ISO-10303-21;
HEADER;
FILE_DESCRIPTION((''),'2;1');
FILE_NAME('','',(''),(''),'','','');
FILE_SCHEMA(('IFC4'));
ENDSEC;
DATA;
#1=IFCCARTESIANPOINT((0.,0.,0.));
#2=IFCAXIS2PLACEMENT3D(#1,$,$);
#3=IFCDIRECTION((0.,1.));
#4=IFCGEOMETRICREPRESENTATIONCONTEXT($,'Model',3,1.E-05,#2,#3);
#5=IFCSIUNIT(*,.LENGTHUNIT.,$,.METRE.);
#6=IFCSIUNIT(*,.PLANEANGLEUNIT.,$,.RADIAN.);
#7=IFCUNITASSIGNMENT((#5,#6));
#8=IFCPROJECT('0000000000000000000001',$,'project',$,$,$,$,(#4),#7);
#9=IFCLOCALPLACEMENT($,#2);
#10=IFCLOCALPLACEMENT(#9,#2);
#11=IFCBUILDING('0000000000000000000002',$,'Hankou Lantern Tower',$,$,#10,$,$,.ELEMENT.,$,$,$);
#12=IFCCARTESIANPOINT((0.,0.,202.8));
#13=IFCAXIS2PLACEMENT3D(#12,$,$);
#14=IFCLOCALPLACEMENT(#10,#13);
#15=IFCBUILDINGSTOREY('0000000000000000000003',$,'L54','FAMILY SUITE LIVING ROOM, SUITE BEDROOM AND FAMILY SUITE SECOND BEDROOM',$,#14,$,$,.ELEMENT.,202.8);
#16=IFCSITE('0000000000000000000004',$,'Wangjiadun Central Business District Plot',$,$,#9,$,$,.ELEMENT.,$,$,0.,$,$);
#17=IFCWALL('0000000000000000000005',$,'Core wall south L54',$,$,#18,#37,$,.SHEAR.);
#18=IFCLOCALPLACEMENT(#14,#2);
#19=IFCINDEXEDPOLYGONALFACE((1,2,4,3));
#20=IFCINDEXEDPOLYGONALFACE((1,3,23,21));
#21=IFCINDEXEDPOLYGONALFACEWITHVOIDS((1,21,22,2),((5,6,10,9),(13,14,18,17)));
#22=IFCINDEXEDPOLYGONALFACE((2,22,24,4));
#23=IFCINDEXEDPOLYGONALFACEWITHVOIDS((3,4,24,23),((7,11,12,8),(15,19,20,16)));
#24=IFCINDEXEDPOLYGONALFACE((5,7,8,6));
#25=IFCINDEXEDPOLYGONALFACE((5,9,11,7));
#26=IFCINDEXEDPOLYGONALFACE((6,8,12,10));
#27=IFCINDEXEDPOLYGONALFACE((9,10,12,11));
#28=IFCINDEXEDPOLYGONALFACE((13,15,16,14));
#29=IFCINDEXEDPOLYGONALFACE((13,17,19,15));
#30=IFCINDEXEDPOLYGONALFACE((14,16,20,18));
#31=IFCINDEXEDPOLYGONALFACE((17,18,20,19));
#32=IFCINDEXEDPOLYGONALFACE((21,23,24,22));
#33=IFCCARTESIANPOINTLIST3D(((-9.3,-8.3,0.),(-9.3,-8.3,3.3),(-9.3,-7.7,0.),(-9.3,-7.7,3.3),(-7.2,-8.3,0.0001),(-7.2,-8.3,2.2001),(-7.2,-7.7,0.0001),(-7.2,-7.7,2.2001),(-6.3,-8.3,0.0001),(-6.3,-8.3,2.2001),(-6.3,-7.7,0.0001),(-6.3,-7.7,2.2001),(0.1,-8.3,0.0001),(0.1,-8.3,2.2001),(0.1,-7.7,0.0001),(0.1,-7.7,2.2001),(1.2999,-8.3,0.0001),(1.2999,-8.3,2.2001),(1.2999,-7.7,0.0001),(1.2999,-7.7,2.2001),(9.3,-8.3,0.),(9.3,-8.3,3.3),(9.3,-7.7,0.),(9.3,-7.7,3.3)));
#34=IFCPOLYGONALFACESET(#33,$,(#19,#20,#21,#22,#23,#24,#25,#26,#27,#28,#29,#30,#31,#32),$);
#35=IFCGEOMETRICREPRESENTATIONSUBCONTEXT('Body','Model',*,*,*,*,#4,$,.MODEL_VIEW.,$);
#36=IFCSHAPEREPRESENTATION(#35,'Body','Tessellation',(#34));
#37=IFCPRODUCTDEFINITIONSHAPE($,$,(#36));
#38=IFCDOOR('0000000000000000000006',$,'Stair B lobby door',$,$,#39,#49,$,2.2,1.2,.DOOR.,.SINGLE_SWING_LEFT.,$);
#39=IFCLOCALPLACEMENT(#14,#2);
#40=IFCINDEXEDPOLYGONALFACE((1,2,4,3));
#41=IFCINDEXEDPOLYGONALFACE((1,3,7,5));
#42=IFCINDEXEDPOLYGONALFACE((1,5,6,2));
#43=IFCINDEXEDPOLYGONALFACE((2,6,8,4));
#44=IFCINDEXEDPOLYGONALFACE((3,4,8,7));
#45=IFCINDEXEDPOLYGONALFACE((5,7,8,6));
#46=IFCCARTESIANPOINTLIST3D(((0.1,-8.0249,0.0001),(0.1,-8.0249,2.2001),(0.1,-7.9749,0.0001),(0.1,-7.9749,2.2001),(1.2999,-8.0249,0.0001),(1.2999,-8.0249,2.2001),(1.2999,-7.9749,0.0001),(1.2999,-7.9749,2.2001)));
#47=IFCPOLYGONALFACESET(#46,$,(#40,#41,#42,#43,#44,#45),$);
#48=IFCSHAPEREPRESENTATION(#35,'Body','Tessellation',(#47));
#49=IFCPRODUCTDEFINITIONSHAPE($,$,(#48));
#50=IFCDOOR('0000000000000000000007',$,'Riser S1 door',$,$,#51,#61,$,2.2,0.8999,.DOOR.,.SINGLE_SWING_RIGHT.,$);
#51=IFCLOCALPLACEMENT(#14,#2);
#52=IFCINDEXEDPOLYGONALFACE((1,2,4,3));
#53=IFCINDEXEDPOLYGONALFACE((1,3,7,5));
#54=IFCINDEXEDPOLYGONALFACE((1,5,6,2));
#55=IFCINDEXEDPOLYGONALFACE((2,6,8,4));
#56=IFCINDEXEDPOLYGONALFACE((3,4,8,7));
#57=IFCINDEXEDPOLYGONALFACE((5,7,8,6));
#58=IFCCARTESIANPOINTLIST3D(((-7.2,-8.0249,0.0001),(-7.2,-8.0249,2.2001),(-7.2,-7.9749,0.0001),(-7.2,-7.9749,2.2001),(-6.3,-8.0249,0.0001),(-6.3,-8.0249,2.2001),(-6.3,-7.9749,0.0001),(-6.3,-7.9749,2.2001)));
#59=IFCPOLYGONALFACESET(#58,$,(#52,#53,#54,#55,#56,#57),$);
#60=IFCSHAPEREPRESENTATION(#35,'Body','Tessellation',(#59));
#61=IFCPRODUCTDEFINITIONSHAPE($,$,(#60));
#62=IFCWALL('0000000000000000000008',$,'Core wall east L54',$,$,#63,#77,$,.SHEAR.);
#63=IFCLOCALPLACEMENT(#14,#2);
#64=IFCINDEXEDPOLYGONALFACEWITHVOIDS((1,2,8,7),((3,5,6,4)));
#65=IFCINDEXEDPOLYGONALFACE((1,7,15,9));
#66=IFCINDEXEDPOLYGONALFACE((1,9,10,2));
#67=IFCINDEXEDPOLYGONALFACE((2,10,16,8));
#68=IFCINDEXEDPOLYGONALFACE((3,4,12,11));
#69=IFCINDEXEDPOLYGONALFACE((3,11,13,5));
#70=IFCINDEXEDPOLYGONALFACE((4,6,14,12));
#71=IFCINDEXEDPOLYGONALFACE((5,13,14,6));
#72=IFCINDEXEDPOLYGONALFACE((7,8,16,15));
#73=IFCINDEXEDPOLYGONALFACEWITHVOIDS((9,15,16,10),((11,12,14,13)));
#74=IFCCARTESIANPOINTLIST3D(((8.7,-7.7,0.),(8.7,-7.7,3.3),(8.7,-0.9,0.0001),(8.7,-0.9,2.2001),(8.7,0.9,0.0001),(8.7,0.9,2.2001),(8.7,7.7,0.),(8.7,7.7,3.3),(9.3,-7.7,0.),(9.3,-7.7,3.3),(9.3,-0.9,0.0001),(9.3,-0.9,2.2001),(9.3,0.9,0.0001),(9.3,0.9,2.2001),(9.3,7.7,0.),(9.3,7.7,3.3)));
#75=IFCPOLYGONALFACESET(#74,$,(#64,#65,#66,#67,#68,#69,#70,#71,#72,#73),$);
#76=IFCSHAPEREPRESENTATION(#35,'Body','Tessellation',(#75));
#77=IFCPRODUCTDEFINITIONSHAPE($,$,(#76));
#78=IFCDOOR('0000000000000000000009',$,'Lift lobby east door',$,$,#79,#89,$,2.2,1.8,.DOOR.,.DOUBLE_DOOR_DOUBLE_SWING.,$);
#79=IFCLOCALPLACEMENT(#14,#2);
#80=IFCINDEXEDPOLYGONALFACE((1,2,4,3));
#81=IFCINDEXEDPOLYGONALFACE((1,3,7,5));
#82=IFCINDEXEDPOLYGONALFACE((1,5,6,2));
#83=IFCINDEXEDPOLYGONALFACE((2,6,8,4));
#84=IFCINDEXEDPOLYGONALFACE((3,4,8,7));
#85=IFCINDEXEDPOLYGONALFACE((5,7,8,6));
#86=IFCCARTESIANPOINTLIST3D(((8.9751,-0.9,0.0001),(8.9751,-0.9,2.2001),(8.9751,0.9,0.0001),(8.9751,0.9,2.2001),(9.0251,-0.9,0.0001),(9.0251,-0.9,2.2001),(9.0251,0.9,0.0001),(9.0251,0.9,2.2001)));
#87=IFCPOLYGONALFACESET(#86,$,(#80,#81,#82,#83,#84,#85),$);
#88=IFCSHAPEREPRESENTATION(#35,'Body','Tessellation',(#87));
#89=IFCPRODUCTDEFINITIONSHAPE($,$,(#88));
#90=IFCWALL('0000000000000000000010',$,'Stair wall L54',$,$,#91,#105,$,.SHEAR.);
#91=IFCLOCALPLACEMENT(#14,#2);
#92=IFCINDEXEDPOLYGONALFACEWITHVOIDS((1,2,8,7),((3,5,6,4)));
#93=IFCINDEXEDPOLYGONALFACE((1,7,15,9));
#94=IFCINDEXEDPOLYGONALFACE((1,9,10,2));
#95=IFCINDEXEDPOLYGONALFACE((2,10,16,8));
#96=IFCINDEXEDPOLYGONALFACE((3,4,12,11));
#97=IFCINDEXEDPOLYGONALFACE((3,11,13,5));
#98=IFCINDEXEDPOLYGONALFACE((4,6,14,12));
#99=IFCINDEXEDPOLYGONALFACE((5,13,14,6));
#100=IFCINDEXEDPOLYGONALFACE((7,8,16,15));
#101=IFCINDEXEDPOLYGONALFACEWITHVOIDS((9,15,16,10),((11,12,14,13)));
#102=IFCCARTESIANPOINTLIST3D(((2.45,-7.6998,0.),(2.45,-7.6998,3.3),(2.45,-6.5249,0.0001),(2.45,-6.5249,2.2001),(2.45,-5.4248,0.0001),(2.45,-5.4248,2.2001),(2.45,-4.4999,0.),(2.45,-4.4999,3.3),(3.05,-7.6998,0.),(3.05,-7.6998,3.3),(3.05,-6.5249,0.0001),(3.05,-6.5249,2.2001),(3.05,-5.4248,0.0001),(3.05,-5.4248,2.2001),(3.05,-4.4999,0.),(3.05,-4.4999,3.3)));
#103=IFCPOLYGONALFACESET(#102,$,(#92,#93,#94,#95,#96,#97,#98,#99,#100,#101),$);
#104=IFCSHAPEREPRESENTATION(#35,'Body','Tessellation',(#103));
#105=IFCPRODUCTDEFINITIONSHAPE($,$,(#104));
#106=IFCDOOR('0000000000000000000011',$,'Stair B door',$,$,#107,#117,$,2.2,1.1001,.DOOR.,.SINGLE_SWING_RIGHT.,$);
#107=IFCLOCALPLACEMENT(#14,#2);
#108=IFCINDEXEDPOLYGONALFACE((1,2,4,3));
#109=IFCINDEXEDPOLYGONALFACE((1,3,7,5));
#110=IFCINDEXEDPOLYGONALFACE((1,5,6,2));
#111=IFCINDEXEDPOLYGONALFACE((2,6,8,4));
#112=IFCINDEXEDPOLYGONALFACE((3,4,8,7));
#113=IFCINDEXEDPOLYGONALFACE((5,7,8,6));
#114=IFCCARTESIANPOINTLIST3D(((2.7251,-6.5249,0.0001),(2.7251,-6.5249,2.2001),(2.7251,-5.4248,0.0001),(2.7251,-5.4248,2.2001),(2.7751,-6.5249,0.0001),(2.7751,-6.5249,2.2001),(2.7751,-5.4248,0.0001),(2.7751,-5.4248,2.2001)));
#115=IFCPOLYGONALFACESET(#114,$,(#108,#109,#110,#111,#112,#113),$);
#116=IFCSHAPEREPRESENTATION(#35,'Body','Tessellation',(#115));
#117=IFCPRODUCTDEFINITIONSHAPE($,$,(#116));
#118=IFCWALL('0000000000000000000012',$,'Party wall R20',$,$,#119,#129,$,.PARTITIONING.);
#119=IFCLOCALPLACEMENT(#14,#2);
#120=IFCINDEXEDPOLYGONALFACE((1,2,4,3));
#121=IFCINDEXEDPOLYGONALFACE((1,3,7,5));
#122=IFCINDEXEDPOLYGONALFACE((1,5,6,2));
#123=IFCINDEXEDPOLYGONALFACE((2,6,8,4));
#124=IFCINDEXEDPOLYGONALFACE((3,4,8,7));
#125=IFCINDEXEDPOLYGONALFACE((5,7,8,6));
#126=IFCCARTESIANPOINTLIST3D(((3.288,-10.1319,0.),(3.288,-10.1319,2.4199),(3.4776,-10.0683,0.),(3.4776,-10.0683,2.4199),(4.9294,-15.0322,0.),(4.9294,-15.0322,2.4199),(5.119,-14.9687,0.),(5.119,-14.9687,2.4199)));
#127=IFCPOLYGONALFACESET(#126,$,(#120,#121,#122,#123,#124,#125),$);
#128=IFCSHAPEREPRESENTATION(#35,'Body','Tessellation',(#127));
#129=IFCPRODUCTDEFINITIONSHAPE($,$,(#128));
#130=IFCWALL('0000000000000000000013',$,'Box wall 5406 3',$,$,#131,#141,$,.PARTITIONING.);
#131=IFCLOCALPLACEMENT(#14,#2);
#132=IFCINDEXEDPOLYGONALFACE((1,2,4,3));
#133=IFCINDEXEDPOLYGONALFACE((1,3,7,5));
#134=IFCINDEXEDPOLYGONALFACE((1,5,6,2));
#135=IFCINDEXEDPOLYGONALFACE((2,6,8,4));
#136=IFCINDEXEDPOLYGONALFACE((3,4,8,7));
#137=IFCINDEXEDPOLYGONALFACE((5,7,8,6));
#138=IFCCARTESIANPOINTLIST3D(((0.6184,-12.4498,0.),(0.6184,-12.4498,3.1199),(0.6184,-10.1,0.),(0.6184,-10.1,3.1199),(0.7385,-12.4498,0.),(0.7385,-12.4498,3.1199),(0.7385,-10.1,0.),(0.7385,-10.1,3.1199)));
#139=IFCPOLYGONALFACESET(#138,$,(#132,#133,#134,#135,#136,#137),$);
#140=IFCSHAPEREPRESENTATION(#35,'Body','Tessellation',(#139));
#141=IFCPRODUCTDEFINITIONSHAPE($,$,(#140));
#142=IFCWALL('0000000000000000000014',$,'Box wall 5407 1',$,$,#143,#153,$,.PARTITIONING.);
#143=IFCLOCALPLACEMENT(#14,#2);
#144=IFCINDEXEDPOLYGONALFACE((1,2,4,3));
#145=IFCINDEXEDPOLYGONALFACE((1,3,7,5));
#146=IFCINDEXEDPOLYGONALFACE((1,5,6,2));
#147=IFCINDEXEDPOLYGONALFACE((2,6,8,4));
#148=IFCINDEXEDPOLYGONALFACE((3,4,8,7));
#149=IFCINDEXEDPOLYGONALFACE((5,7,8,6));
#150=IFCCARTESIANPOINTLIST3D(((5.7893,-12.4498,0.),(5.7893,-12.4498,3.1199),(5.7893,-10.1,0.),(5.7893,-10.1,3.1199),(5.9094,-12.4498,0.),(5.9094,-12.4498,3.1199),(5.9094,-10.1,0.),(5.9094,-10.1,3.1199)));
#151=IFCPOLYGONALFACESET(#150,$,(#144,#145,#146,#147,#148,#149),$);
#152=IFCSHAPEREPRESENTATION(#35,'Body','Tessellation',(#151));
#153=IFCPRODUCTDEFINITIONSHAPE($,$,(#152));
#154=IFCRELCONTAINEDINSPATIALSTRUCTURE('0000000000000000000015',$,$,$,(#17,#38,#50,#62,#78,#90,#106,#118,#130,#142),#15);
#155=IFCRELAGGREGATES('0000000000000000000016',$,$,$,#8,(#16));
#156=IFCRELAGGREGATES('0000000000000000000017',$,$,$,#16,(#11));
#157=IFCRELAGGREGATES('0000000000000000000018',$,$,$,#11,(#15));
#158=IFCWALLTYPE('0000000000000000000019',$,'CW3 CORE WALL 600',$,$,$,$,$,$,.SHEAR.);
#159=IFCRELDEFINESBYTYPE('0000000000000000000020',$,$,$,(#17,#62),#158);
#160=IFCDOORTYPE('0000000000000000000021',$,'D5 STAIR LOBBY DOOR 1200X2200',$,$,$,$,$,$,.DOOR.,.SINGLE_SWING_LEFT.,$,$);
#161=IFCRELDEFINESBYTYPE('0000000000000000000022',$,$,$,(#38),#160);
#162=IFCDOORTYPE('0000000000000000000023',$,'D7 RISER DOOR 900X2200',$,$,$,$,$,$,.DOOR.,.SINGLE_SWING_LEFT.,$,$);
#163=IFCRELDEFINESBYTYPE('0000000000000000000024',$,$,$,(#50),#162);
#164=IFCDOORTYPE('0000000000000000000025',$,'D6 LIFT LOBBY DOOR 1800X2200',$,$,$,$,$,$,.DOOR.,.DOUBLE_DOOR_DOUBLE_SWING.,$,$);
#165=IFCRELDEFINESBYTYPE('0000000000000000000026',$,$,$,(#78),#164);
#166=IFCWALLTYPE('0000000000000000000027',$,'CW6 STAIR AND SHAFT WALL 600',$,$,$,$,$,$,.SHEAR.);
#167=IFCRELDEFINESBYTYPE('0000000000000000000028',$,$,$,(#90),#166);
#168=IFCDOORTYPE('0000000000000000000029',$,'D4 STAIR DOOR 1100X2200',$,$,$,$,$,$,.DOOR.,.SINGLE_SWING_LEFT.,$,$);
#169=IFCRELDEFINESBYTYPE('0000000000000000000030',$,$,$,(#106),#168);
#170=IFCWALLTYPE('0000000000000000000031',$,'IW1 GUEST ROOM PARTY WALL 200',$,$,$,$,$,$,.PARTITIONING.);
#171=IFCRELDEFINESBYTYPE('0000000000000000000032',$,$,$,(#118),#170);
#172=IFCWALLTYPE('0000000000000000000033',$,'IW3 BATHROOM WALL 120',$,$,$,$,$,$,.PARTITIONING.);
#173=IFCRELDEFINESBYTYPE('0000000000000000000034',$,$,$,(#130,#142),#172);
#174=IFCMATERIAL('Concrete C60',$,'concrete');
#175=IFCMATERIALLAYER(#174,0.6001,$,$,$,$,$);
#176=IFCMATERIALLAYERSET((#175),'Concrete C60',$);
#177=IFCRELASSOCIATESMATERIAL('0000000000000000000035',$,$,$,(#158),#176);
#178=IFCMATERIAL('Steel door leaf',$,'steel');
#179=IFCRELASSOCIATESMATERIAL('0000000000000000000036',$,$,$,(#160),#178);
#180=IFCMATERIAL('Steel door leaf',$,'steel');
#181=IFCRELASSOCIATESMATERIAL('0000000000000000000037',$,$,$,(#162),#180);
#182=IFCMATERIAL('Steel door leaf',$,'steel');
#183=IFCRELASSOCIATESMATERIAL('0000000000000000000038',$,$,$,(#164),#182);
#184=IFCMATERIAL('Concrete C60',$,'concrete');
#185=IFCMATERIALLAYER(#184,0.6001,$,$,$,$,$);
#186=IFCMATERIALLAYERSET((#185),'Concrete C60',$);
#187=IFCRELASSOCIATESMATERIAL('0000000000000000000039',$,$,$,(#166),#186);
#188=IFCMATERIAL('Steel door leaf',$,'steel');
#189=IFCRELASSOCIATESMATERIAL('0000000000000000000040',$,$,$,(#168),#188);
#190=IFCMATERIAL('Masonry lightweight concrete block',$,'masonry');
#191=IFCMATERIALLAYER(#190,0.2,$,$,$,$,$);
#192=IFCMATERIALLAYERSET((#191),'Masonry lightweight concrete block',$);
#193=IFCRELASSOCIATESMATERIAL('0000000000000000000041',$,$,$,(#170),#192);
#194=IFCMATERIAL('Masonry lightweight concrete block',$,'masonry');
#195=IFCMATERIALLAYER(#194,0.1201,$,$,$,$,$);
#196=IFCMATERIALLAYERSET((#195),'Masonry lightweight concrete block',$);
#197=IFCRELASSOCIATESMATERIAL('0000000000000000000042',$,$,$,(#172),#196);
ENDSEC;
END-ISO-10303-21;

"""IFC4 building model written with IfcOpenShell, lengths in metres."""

from ifc_helpers import new_model, si_unit, direction, frame, frame_2d, origin, place, context, subcontext, project, spatial, rectangle, extrude, material, layer, layer_set, type_object, element, fill, save


model = new_model("IFC4")

# Units and contexts
model_context = context("Model", 3, precision=1e-05, world=origin(), true_north=direction((0.0, 1.0)))
body_context = subcontext(model_context, "Body", "Model", "MODEL_VIEW")
ifc_project = project(units=[si_unit("LENGTHUNIT", "METRE"), si_unit("PLANEANGLEUNIT", "RADIAN")], contexts=[model_context])

# Site, building, storey
site_placement = place(None, origin())
site = spatial("IfcSite", under=ifc_project, at=site_placement, Name="Wangjiadun Central Business District Plot", CompositionType="ELEMENT", RefElevation=0.0)
building_placement = place(site_placement, origin())
building = spatial("IfcBuilding", under=site, at=building_placement, Name="Hankou Lantern Tower", CompositionType="ELEMENT")
storey_placement = place(building_placement, frame((0.0, 0.0, 202.8)))
storey = spatial("IfcBuildingStorey", under=building, at=storey_placement, Name="L54", Description="FAMILY SUITE LIVING ROOM, SUITE BEDROOM AND FAMILY SUITE SECOND BEDROOM", CompositionType="ELEMENT", Elevation=202.8)

# Wall, openings, doors
ifc_material_1 = material(Name="Concrete C60", Category="concrete")
ifc_layer_1 = layer(ifc_material_1, 0.6001)
ifc_layer_set_1 = layer_set([ifc_layer_1], Name="Concrete C60")
wall_type_1 = type_object("IfcWallType", Name="CW3 CORE WALL 600", PredefinedType="SHEAR", material=ifc_layer_set_1)
wall_1_placement = place(storey_placement, frame((9.3, -8.0, 0.0), z_axis=(0.0, 0.0, 1.0), x_axis=(-1.0, 0.0, 0.0)))
wall_1 = element("IfcWall", 1, at=wall_1_placement, inside=storey, type_object=wall_type_1, Name="Core wall south L54", PredefinedType="SHEAR", context=body_context, shape_type="SweptSolid", body=[
    extrude(rectangle(XDim=18.6001, YDim=0.6001, at=frame_2d((9.3, 0.0))), origin(), (0.0, 0.0, 1.0), 3.3),
])
opening_1_placement = place(wall_1_placement, frame((8.0, 0.0, 0.0)))
opening_1 = element("IfcOpeningElement", 2, at=opening_1_placement, cuts=wall_1, PredefinedType="OPENING", context=body_context, shape_type="SweptSolid", body=[
    extrude(rectangle(XDim=1.2, YDim=2.2, at=frame_2d((0.6001, 1.1001))), frame((0.0, 0.3101, 0.0), z_axis=(0.0, -1.0, 0.0), x_axis=(1.0, 0.0, 0.0)), (0.0, 0.0, 1.0), 0.6201),
])
opening_2_placement = place(wall_1_placement, frame((15.6001, 0.0, 0.0)))
opening_2 = element("IfcOpeningElement", 3, at=opening_2_placement, cuts=wall_1, PredefinedType="OPENING", context=body_context, shape_type="SweptSolid", body=[
    extrude(rectangle(XDim=0.8999, YDim=2.2, at=frame_2d((0.45, 1.1001))), frame((0.0, 0.3101, 0.0), z_axis=(0.0, -1.0, 0.0), x_axis=(1.0, 0.0, 0.0)), (0.0, 0.0, 1.0), 0.6201),
])
ifc_material_2 = material(Name="Steel door leaf", Category="steel")
door_type_1 = type_object("IfcDoorType", Name="D5 STAIR LOBBY DOOR 1200X2200", OperationType="SINGLE_SWING_LEFT", PredefinedType="DOOR", material=ifc_material_2)
door_1_placement = place(opening_1_placement, origin())
door_1 = element("IfcDoor", 4, at=door_1_placement, inside=storey, type_object=door_type_1, Name="Stair B lobby door", OperationType="SINGLE_SWING_LEFT", OverallHeight=2.2, OverallWidth=1.2, PredefinedType="DOOR", context=body_context, shape_type="SweptSolid", body=[
    extrude(rectangle(XDim=1.2, YDim=2.2, at=frame_2d((0.6001, 1.1001))), frame((0.0, 0.0249, 0.0), z_axis=(0.0, -1.0, 0.0), x_axis=(1.0, 0.0, 0.0)), (0.0, 0.0, 1.0), 0.05),
])
fill(opening_1, door_1)
ifc_material_3 = material(Name="Steel door leaf", Category="steel")
door_type_2 = type_object("IfcDoorType", Name="D7 RISER DOOR 900X2200", OperationType="SINGLE_SWING_LEFT", PredefinedType="DOOR", material=ifc_material_3)
door_2_placement = place(opening_2_placement, origin())
door_2 = element("IfcDoor", 5, at=door_2_placement, inside=storey, type_object=door_type_2, Name="Riser S1 door", OperationType="SINGLE_SWING_RIGHT", OverallHeight=2.2, OverallWidth=0.8999, PredefinedType="DOOR", context=body_context, shape_type="SweptSolid", body=[
    extrude(rectangle(XDim=0.8999, YDim=2.2, at=frame_2d((0.45, 1.1001))), frame((0.0, 0.0249, 0.0), z_axis=(0.0, -1.0, 0.0), x_axis=(1.0, 0.0, 0.0)), (0.0, 0.0, 1.0), 0.05),
])
fill(opening_2, door_2)

# Walls, openings, doors
wall_2_placement = place(storey_placement, frame((9.0, -7.7, 0.0), z_axis=(0.0, 0.0, 1.0), x_axis=(0.0, 1.0, 0.0)))
wall_2 = element("IfcWall", 6, at=wall_2_placement, inside=storey, type_object=wall_type_1, Name="Core wall east L54", PredefinedType="SHEAR", context=body_context, shape_type="SweptSolid", body=[
    extrude(rectangle(XDim=15.3999, YDim=0.6001, at=frame_2d((7.7, 0.0))), origin(), (0.0, 0.0, 1.0), 3.3),
])
opening_3_placement = place(wall_2_placement, frame((6.8, 0.0, 0.0)))
opening_3 = element("IfcOpeningElement", 7, at=opening_3_placement, cuts=wall_2, PredefinedType="OPENING", context=body_context, shape_type="SweptSolid", body=[
    extrude(rectangle(XDim=1.8, YDim=2.2, at=frame_2d((0.8999, 1.1001))), frame((0.0, 0.3101, 0.0), z_axis=(0.0, -1.0, 0.0), x_axis=(1.0, 0.0, 0.0)), (0.0, 0.0, 1.0), 0.6201),
])
ifc_material_4 = material(Name="Steel door leaf", Category="steel")
door_type_3 = type_object("IfcDoorType", Name="D6 LIFT LOBBY DOOR 1800X2200", OperationType="DOUBLE_DOOR_DOUBLE_SWING", PredefinedType="DOOR", material=ifc_material_4)
door_3_placement = place(opening_3_placement, origin())
door_3 = element("IfcDoor", 8, at=door_3_placement, inside=storey, type_object=door_type_3, Name="Lift lobby east door", OperationType="DOUBLE_DOOR_DOUBLE_SWING", OverallHeight=2.2, OverallWidth=1.8, PredefinedType="DOOR", context=body_context, shape_type="SweptSolid", body=[
    extrude(rectangle(XDim=1.8, YDim=2.2, at=frame_2d((0.8999, 1.1001))), frame((0.0, 0.0249, 0.0), z_axis=(0.0, -1.0, 0.0), x_axis=(1.0, 0.0, 0.0)), (0.0, 0.0, 1.0), 0.05),
])
fill(opening_3, door_3)
ifc_material_5 = material(Name="Concrete C60", Category="concrete")
ifc_layer_2 = layer(ifc_material_5, 0.6001)
ifc_layer_set_2 = layer_set([ifc_layer_2], Name="Concrete C60")
wall_type_2 = type_object("IfcWallType", Name="CW6 STAIR AND SHAFT WALL 600", PredefinedType="SHEAR", material=ifc_layer_set_2)
wall_3_placement = place(storey_placement, frame((2.75, -7.7, 0.0), z_axis=(0.0, 0.0, 1.0), x_axis=(0.0, 1.0, 0.0)))
wall_3 = element("IfcWall", 9, at=wall_3_placement, inside=storey, type_object=wall_type_2, Name="Stair wall L54", PredefinedType="SHEAR", context=body_context, shape_type="SweptSolid", body=[
    extrude(rectangle(XDim=3.2, YDim=0.6001, at=frame_2d((1.6001, 0.0))), origin(), (0.0, 0.0, 1.0), 3.3),
])
opening_4_placement = place(wall_3_placement, frame((1.175, 0.0, 0.0)))
opening_4 = element("IfcOpeningElement", 10, at=opening_4_placement, cuts=wall_3, PredefinedType="OPENING", context=body_context, shape_type="SweptSolid", body=[
    extrude(rectangle(XDim=1.1001, YDim=2.2, at=frame_2d((0.55, 1.1001))), frame((0.0, 0.3101, 0.0), z_axis=(0.0, -1.0, 0.0), x_axis=(1.0, 0.0, 0.0)), (0.0, 0.0, 1.0), 0.6201),
])
ifc_material_6 = material(Name="Steel door leaf", Category="steel")
door_type_4 = type_object("IfcDoorType", Name="D4 STAIR DOOR 1100X2200", OperationType="SINGLE_SWING_LEFT", PredefinedType="DOOR", material=ifc_material_6)
door_4_placement = place(opening_4_placement, origin())
door_4 = element("IfcDoor", 11, at=door_4_placement, inside=storey, type_object=door_type_4, Name="Stair B door", OperationType="SINGLE_SWING_RIGHT", OverallHeight=2.2, OverallWidth=1.1001, PredefinedType="DOOR", context=body_context, shape_type="SweptSolid", body=[
    extrude(rectangle(XDim=1.1001, YDim=2.2, at=frame_2d((0.55, 1.1001))), frame((0.0, 0.0249, 0.0), z_axis=(0.0, -1.0, 0.0), x_axis=(1.0, 0.0, 0.0)), (0.0, 0.0, 1.0), 0.05),
])
fill(opening_4, door_4)

# Walls
ifc_material_7 = material(Name="Masonry lightweight concrete block", Category="masonry")
ifc_layer_3 = layer(ifc_material_7, 0.2)
ifc_layer_set_3 = layer_set([ifc_layer_3], Name="Masonry lightweight concrete block")
wall_type_3 = type_object("IfcWallType", Name="IW1 GUEST ROOM PARTY WALL 200", PredefinedType="PARTITIONING", material=ifc_layer_set_3)
wall_4_placement = place(storey_placement, frame((3.3828, -10.1001, 0.0), z_axis=(0.0, 0.0, 1.0), x_axis=(0.317602, -0.948224, 0.0)))
element("IfcWall", 12, at=wall_4_placement, inside=storey, type_object=wall_type_3, Name="Party wall R20", PredefinedType="PARTITIONING", context=body_context, shape_type="SweptSolid", body=[
    extrude(rectangle(XDim=5.168, YDim=0.2, at=frame_2d((2.584, 0.0))), origin(), (0.0, 0.0, 1.0), 2.4199),
])
ifc_material_8 = material(Name="Masonry lightweight concrete block", Category="masonry")
ifc_layer_4 = layer(ifc_material_8, 0.1201)
ifc_layer_set_4 = layer_set([ifc_layer_4], Name="Masonry lightweight concrete block")
wall_type_4 = type_object("IfcWallType", Name="IW3 BATHROOM WALL 120", PredefinedType="PARTITIONING", material=ifc_layer_set_4)
for number, where, z_axis, x_axis, name in (
    (13, (0.6785, -10.1001, 0.0), (0.0, 0.0, 1.0), (0.0, -1.0, 0.0), "Box wall 5406 3"),
    (14, (5.8494, -10.1001, 0.0), (0.0, 0.0, 1.0), (0.0, -1.0, 0.0), "Box wall 5407 1"),
):
    element("IfcWall", number, at=place(storey_placement, frame(where, z_axis=z_axis, x_axis=x_axis)), inside=storey, type_object=wall_type_4, Name=name, PredefinedType="PARTITIONING", context=body_context, shape_type="SweptSolid", body=[
        extrude(rectangle(XDim=2.3499, YDim=0.1201, at=frame_2d((1.1748, 0.0))), origin(), (0.0, 0.0, 1.0), 3.1199),
    ])

save(model, "model.ifc")
